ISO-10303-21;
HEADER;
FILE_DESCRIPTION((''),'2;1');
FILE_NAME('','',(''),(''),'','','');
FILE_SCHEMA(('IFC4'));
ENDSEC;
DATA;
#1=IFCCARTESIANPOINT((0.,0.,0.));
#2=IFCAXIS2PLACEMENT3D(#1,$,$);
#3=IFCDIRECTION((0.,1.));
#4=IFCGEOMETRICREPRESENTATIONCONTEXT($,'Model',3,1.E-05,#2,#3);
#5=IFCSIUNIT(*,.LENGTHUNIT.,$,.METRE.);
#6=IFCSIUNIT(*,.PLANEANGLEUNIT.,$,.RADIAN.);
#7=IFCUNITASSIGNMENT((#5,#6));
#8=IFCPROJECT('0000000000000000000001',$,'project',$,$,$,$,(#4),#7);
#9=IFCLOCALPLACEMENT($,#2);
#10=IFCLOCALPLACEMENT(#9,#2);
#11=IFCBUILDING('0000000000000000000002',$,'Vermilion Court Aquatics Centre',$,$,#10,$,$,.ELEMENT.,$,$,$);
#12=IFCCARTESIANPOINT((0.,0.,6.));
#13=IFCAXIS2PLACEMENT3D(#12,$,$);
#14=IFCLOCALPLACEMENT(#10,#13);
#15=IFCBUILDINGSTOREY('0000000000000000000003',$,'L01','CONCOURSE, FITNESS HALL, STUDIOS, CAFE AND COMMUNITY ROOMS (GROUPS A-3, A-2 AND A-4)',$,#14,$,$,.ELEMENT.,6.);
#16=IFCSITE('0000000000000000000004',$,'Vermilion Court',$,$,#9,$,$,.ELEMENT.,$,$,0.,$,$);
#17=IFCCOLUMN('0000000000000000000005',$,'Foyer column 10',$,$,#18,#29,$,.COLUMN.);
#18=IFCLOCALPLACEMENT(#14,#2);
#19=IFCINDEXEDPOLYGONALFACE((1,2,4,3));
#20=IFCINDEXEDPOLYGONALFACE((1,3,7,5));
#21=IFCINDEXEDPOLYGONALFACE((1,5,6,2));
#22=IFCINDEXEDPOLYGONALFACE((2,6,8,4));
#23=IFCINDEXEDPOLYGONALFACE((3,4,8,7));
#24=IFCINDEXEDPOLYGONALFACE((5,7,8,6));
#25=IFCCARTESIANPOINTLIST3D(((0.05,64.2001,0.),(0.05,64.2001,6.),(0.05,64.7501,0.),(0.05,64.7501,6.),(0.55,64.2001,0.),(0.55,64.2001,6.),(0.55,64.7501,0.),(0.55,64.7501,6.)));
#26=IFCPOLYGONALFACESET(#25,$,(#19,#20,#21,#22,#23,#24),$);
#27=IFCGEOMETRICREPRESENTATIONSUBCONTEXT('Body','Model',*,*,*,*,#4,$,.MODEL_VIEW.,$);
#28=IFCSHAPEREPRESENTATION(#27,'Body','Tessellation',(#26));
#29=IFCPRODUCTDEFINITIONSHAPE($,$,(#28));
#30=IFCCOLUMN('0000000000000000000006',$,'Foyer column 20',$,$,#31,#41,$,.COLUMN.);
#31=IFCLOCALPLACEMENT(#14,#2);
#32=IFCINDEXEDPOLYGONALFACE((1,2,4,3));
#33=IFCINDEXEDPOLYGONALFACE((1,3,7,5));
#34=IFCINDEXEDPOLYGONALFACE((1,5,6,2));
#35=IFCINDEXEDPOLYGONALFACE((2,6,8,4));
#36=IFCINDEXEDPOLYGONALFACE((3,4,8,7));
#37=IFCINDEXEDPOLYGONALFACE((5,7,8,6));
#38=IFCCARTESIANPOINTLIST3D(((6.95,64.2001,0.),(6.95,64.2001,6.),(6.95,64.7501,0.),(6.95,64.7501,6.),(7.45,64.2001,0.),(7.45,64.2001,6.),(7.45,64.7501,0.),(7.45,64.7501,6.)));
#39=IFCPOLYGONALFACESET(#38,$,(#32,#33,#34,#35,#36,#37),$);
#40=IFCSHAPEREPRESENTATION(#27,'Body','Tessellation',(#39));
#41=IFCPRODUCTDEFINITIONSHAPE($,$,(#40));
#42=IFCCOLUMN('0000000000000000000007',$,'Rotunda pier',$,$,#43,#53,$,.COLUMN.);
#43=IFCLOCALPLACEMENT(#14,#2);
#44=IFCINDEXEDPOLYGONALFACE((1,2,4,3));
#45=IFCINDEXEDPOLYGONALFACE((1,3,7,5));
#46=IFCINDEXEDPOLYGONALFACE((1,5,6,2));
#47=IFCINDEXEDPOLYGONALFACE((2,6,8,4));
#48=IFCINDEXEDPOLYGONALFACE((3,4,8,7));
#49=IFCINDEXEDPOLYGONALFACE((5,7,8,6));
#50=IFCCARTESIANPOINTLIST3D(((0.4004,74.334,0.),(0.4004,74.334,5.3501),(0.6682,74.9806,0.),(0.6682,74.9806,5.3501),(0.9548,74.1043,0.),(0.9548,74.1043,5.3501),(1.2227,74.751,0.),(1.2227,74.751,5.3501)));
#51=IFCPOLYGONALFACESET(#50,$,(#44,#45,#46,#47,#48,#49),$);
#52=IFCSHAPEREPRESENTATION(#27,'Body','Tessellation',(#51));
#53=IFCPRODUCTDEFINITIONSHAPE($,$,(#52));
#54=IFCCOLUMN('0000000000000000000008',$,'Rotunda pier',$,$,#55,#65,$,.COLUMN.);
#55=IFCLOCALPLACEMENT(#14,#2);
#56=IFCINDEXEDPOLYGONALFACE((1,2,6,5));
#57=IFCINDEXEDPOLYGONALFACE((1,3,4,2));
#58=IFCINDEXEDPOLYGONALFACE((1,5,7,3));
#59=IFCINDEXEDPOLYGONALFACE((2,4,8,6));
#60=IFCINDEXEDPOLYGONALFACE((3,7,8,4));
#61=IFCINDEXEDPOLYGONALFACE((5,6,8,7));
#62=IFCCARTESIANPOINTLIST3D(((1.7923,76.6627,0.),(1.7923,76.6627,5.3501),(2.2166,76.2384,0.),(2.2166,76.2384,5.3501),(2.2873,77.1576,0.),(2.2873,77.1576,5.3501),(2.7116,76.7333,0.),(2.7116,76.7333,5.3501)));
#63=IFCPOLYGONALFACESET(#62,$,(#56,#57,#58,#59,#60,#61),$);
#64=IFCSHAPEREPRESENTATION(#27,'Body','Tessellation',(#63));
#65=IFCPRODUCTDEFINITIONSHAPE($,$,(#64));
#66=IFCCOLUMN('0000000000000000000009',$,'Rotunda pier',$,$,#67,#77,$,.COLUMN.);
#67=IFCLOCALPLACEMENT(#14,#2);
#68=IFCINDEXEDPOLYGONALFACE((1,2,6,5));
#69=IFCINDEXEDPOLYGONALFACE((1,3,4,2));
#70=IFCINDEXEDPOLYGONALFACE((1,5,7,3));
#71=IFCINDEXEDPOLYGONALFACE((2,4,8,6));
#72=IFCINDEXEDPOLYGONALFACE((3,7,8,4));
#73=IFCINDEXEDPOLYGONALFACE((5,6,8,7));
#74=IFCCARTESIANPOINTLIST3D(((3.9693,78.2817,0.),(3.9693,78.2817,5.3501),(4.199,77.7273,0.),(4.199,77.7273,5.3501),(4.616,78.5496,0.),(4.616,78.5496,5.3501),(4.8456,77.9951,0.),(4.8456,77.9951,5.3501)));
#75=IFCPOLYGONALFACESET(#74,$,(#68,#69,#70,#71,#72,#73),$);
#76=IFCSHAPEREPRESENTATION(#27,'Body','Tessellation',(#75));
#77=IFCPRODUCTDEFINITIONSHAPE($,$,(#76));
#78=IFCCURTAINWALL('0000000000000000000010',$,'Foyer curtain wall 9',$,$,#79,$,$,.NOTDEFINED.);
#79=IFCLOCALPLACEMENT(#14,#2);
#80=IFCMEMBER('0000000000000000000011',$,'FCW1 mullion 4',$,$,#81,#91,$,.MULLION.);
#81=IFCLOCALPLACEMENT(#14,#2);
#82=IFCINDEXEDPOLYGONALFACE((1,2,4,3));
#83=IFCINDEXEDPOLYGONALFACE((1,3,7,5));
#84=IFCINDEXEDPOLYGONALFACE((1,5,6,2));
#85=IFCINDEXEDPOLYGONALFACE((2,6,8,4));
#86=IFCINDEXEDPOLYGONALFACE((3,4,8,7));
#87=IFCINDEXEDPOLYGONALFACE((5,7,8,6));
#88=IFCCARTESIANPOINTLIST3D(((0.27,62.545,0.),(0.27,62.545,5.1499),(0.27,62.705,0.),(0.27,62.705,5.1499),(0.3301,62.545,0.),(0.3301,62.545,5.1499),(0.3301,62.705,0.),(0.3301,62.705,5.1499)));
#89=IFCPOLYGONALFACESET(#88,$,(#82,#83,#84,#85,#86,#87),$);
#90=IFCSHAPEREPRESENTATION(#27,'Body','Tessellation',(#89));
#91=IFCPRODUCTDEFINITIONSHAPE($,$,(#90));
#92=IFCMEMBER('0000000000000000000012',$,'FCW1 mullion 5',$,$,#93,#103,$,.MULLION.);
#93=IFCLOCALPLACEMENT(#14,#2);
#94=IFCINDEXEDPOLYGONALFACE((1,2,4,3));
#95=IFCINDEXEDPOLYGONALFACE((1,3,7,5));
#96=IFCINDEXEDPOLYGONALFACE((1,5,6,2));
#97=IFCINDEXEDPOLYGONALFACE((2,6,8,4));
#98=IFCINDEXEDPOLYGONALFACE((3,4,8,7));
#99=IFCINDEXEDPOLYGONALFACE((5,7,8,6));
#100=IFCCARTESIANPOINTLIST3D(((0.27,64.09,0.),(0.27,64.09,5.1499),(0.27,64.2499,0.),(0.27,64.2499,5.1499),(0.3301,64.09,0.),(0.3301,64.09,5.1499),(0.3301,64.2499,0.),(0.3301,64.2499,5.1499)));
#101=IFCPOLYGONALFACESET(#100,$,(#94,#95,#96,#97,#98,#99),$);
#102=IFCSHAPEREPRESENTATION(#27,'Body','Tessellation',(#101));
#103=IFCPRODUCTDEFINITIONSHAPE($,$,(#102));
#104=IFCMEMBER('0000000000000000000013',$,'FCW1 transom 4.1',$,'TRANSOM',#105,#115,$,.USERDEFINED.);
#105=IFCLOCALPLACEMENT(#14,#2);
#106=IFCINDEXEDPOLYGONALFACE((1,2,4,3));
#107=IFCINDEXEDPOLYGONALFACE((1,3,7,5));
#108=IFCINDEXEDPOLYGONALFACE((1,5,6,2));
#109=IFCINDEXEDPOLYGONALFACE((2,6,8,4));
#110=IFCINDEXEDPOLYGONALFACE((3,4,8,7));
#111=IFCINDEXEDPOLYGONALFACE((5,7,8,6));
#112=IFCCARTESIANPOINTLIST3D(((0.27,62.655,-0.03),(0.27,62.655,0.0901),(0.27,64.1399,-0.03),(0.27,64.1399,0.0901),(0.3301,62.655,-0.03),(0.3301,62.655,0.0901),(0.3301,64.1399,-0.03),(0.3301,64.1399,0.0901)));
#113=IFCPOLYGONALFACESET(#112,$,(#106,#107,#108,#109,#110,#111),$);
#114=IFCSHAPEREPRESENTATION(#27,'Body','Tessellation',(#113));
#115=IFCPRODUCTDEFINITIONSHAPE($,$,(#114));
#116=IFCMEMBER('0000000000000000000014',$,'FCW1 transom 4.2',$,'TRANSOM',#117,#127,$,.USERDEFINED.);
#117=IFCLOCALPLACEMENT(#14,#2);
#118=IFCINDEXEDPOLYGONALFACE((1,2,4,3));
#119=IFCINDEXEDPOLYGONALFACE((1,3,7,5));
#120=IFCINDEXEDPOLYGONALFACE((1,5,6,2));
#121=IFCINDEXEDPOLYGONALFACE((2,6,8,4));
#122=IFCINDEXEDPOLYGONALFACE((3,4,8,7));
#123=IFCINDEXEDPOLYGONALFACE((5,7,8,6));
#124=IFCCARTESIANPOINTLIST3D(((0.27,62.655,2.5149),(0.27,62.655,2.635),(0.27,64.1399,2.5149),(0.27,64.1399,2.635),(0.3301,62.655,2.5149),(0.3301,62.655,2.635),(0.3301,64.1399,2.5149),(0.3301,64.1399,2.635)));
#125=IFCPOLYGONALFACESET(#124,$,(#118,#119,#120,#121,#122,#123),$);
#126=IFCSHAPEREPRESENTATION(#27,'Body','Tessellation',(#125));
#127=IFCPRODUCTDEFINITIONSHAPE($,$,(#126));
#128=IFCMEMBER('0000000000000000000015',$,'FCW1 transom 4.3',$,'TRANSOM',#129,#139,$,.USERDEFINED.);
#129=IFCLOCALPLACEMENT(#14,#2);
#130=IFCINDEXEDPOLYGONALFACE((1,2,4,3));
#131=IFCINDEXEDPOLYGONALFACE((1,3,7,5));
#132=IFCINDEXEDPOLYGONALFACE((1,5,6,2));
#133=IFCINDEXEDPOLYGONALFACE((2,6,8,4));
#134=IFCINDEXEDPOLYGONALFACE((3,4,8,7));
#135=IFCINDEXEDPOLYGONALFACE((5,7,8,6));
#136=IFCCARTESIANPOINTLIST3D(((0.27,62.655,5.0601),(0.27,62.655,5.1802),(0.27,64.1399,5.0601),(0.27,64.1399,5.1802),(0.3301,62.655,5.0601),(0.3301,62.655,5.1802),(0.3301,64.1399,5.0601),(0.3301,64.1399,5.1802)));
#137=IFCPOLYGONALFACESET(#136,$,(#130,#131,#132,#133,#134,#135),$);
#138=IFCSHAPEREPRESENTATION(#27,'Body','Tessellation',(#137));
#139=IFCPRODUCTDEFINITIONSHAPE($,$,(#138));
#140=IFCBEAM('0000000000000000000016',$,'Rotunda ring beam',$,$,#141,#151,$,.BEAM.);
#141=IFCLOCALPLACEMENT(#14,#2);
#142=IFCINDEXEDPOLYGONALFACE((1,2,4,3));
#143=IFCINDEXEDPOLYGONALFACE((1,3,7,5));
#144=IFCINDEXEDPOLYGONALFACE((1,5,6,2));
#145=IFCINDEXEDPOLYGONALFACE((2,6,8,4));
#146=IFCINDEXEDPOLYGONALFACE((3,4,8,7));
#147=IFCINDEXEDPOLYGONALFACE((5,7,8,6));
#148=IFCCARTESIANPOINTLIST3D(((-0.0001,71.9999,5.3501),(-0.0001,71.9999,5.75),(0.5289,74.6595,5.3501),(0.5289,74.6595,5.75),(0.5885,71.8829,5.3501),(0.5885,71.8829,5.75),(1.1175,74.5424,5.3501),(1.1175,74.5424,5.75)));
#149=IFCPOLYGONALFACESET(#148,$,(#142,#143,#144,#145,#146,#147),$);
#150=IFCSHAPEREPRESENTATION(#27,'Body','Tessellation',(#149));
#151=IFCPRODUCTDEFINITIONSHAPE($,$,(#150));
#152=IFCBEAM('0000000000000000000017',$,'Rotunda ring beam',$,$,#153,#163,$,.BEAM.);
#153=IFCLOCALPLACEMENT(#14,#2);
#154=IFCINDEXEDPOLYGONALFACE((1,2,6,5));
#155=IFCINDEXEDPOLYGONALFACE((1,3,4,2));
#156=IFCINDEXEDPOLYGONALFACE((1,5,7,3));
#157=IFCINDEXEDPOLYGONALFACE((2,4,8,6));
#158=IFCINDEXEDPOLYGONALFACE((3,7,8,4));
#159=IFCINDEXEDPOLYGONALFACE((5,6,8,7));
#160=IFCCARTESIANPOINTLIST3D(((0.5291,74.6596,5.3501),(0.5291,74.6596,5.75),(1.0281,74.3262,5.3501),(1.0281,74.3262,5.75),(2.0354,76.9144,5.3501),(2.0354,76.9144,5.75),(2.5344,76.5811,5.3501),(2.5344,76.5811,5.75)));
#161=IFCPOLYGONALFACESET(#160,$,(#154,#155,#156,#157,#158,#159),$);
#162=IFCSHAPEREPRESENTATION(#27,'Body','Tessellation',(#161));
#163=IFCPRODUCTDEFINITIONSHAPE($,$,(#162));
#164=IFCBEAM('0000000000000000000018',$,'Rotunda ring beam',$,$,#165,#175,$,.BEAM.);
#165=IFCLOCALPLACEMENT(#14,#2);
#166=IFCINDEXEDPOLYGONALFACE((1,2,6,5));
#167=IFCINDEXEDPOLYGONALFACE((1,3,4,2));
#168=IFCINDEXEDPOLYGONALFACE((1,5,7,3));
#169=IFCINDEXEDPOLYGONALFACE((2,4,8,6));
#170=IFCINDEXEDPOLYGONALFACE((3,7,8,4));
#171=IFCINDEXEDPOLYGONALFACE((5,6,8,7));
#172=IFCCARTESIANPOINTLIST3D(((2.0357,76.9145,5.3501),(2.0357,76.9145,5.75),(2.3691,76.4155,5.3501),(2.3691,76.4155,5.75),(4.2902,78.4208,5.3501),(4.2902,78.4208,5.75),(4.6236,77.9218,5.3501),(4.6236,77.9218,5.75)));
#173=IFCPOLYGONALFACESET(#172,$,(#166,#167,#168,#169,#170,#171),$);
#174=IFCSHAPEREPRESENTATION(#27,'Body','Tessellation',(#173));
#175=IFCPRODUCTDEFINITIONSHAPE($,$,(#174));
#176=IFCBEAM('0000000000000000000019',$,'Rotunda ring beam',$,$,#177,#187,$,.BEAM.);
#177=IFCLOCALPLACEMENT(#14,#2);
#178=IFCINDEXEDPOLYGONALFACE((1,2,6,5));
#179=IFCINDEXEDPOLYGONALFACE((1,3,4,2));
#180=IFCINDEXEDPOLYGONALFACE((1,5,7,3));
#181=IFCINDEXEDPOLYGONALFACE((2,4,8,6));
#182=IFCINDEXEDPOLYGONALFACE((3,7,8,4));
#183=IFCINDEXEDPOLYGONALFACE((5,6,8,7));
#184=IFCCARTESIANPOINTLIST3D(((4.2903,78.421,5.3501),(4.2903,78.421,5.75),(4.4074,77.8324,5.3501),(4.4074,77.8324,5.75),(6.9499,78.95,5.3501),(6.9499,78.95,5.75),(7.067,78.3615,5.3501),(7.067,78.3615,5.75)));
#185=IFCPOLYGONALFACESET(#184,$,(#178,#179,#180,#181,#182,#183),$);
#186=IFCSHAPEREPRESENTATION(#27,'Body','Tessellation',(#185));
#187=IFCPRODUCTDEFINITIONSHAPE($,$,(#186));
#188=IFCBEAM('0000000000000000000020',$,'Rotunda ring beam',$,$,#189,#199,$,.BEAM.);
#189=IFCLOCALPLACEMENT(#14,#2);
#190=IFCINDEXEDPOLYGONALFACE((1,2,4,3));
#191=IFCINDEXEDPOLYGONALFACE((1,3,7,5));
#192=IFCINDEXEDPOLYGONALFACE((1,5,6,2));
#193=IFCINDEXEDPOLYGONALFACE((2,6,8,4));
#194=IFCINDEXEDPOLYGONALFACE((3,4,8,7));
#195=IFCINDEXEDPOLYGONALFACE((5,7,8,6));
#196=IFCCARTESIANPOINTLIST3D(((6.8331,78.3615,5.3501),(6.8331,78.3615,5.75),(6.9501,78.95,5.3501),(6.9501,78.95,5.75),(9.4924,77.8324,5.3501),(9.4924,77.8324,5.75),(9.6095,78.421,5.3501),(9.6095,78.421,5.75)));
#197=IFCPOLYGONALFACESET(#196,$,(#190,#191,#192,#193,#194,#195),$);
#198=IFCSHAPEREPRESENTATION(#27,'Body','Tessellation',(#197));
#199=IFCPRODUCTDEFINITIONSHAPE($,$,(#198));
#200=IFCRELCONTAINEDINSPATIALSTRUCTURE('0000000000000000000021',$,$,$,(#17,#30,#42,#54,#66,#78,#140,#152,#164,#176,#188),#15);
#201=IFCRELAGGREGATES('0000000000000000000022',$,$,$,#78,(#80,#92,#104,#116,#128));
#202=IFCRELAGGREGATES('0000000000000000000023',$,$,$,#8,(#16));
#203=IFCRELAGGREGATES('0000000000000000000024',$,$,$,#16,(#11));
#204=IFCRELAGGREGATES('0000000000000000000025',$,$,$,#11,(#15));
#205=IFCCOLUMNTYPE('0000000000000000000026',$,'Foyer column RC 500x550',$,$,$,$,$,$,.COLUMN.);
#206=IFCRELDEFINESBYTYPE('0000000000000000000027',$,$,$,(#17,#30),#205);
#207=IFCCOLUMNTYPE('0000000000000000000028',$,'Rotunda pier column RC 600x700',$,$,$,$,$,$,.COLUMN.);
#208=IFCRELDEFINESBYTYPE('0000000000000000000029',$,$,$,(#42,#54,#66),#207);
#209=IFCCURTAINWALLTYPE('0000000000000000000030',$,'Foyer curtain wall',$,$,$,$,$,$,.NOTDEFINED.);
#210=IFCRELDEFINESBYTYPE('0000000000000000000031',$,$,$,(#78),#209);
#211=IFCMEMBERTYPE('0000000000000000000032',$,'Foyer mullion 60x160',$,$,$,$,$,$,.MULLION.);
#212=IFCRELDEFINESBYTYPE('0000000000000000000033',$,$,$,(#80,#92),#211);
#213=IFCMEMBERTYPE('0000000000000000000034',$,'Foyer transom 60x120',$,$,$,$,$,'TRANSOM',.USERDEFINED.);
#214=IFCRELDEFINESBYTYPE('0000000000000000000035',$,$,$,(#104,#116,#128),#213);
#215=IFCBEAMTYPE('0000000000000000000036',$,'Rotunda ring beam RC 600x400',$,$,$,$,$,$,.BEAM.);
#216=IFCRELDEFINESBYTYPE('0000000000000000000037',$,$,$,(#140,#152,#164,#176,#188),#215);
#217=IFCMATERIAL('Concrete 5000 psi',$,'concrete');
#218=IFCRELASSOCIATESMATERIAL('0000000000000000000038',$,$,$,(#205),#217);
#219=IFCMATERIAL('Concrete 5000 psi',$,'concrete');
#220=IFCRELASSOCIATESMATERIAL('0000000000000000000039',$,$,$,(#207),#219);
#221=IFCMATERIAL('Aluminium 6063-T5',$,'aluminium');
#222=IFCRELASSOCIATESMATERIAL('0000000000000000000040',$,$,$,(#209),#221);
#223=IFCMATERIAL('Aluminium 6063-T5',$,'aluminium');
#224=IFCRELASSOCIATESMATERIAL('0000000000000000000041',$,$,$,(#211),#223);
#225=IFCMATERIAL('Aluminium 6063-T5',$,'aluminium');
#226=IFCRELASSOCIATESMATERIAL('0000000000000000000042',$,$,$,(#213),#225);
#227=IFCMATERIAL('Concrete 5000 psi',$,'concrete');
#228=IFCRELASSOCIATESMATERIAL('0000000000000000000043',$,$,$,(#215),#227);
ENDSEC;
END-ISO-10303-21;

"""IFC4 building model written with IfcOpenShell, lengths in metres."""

from ifc_helpers import new_model, si_unit, direction, frame, origin, origin_2d, place, context, subcontext, project, spatial, rectangle, extrude, material, material_profile, profile_set, type_object, element, aggregate, save


model = new_model("IFC4")

# Units and contexts
model_context = context("Model", 3, precision=1e-05, world=origin(), true_north=direction((0.0, 1.0)))
body_context = subcontext(model_context, "Body", "Model", "MODEL_VIEW")
ifc_project = project(units=[si_unit("LENGTHUNIT", "METRE"), si_unit("PLANEANGLEUNIT", "RADIAN")], contexts=[model_context])

# Site, building, storey
site_placement = place(None, origin())
site = spatial("IfcSite", under=ifc_project, at=site_placement, Name="Vermilion Court", CompositionType="ELEMENT", RefElevation=0.0)
building_placement = place(site_placement, origin())
building = spatial("IfcBuilding", under=site, at=building_placement, Name="Vermilion Court Aquatics Centre", CompositionType="ELEMENT")
storey_placement = place(building_placement, frame((0.0, 0.0, 6.0)))
storey = spatial("IfcBuildingStorey", under=building, at=storey_placement, Name="L01", Description="CONCOURSE, FITNESS HALL, STUDIOS, CAFE AND COMMUNITY ROOMS (GROUPS A-3, A-2 AND A-4)", CompositionType="ELEMENT", Elevation=6.0)

# Columns
ifc_material_1 = material(Name="Concrete 5000 psi", Category="concrete")
ifc_material_profile_1 = material_profile(ifc_material_1, rectangle(XDim=0.5, YDim=0.55, at=origin_2d()), Name="RC 500x550")
ifc_profile_set_1 = profile_set([ifc_material_profile_1], Name="Concrete 5000 psi")
column_type_1 = type_object("IfcColumnType", Name="Foyer column RC 500x550", PredefinedType="COLUMN", material=ifc_profile_set_1)
for number, where, z_axis, x_axis, name in (
    (1, (0.3, 64.4751, 0.0), (0.0, 0.0, 1.0), (1.0, 0.0, 0.0), "Foyer column 10"),
    (2, (7.2, 64.4751, 0.0), (0.0, 0.0, 1.0), (1.0, 0.0, 0.0), "Foyer column 20"),
):
    element("IfcColumn", number, at=place(storey_placement, frame(where, z_axis=z_axis, x_axis=x_axis)), inside=storey, type_object=column_type_1, Name=name, PredefinedType="COLUMN", context=body_context, shape_type="SweptSolid", body=[
        extrude(rectangle(XDim=0.5, YDim=0.55, at=origin_2d()), origin(), (0.0, 0.0, 1.0), 6.0),
    ])
ifc_material_2 = material(Name="Concrete 5000 psi", Category="concrete")
ifc_material_profile_2 = material_profile(ifc_material_2, rectangle(XDim=0.6001, YDim=0.7, at=origin_2d()), Name="RC 600x700")
ifc_profile_set_2 = profile_set([ifc_material_profile_2], Name="Concrete 5000 psi")
column_type_2 = type_object("IfcColumnType", Name="Rotunda pier column RC 600x700", PredefinedType="COLUMN", material=ifc_profile_set_2)
for number, where, z_axis, x_axis, name in (
    (3, (0.8115, 74.5425, 0.0), (0.0, 0.0, 1.0), (-0.92388, 0.382683, 0.0), "Rotunda pier"),
    (4, (2.252, 76.698, 0.0), (0.0, 0.0, 1.0), (-0.707107, 0.707107, 0.0), "Rotunda pier"),
    (5, (4.4075, 78.1384, 0.0), (0.0, 0.0, 1.0), (-0.382683, 0.92388, 0.0), "Rotunda pier"),
):
    element("IfcColumn", number, at=place(storey_placement, frame(where, z_axis=z_axis, x_axis=x_axis)), inside=storey, type_object=column_type_2, Name=name, PredefinedType="COLUMN", context=body_context, shape_type="SweptSolid", body=[
        extrude(rectangle(XDim=0.6001, YDim=0.7, at=origin_2d()), origin(), (0.0, 0.0, 1.0), 5.3501),
    ])

# Curtain wall, members
ifc_material_3 = material(Name="Aluminium 6063-T5", Category="aluminium")
curtain_wall_type = type_object("IfcCurtainWallType", Name="Foyer curtain wall", PredefinedType="NOTDEFINED", material=ifc_material_3)
curtain_wall_placement = place(storey_placement, origin())
curtain_wall = element("IfcCurtainWall", 6, at=curtain_wall_placement, inside=storey, type_object=curtain_wall_type, Name="Foyer curtain wall 9", PredefinedType="NOTDEFINED")
ifc_material_4 = material(Name="Aluminium 6063-T5", Category="aluminium")
ifc_material_profile_3 = material_profile(ifc_material_4, rectangle(XDim=0.0601, YDim=0.1599, at=origin_2d()), Name="Aluminium 60x160")
ifc_profile_set_3 = profile_set([ifc_material_profile_3], Name="Aluminium 6063-T5")
member_type_1 = type_object("IfcMemberType", Name="Foyer mullion 60x160", PredefinedType="MULLION", material=ifc_profile_set_3)
member_1_placement = place(storey_placement, frame((0.3, 62.625, 0.0), z_axis=(0.0, 0.0, 1.0), x_axis=(-1.0, 0.0, 0.0)))
member_1 = element("IfcMember", 7, at=member_1_placement, type_object=member_type_1, Name="FCW1 mullion 4", PredefinedType="MULLION", context=body_context, shape_type="SweptSolid", body=[
    extrude(rectangle(XDim=0.0601, YDim=0.1599, at=origin_2d()), origin(), (0.0, 0.0, 1.0), 5.1499),
])
member_2_placement = place(storey_placement, frame((0.3, 64.1699, 0.0), z_axis=(0.0, 0.0, 1.0), x_axis=(-1.0, 0.0, 0.0)))
member_2 = element("IfcMember", 8, at=member_2_placement, type_object=member_type_1, Name="FCW1 mullion 5", PredefinedType="MULLION", context=body_context, shape_type="SweptSolid", body=[
    extrude(rectangle(XDim=0.0601, YDim=0.1599, at=origin_2d()), origin(), (0.0, 0.0, 1.0), 5.1499),
])
ifc_material_5 = material(Name="Aluminium 6063-T5", Category="aluminium")
ifc_material_profile_4 = material_profile(ifc_material_5, rectangle(XDim=0.0601, YDim=0.1201, at=origin_2d()), Name="Aluminium 60x120")
ifc_profile_set_4 = profile_set([ifc_material_profile_4], Name="Aluminium 6063-T5")
member_type_2 = type_object("IfcMemberType", Name="Foyer transom 60x120", ElementType="TRANSOM", PredefinedType="USERDEFINED", material=ifc_profile_set_4)
member_3_placement = place(storey_placement, frame((0.3, 62.655, 0.03), z_axis=(0.0, 1.0, 0.0), x_axis=(-1.0, 0.0, 0.0)))
member_3 = element("IfcMember", 9, at=member_3_placement, type_object=member_type_2, Name="FCW1 transom 4.1", ObjectType="TRANSOM", PredefinedType="USERDEFINED", context=body_context, shape_type="SweptSolid", body=[
    extrude(rectangle(XDim=0.0601, YDim=0.1201, at=origin_2d()), origin(), (0.0, 0.0, 1.0), 1.4849),
])
member_4_placement = place(storey_placement, frame((0.3, 62.655, 2.575), z_axis=(0.0, 1.0, 0.0), x_axis=(-1.0, 0.0, 0.0)))
member_4 = element("IfcMember", 10, at=member_4_placement, type_object=member_type_2, Name="FCW1 transom 4.2", ObjectType="TRANSOM", PredefinedType="USERDEFINED", context=body_context, shape_type="SweptSolid", body=[
    extrude(rectangle(XDim=0.0601, YDim=0.1201, at=origin_2d()), origin(), (0.0, 0.0, 1.0), 1.4849),
])
member_5_placement = place(storey_placement, frame((0.3, 62.655, 5.1201), z_axis=(0.0, 1.0, 0.0), x_axis=(-1.0, 0.0, 0.0)))
member_5 = element("IfcMember", 11, at=member_5_placement, type_object=member_type_2, Name="FCW1 transom 4.3", ObjectType="TRANSOM", PredefinedType="USERDEFINED", context=body_context, shape_type="SweptSolid", body=[
    extrude(rectangle(XDim=0.0601, YDim=0.1201, at=origin_2d()), origin(), (0.0, 0.0, 1.0), 1.4849),
])

# Beams
ifc_material_6 = material(Name="Concrete 5000 psi", Category="concrete")
ifc_material_profile_5 = material_profile(ifc_material_6, rectangle(XDim=0.6001, YDim=0.3999, at=origin_2d()), Name="RC 600x400")
ifc_profile_set_5 = profile_set([ifc_material_profile_5], Name="Concrete 5000 psi")
beam_type_1 = type_object("IfcBeamType", Name="Rotunda ring beam RC 600x400", PredefinedType="BEAM", material=ifc_profile_set_5)
for number, where, z_axis, x_axis, name in (
    (12, (0.2942, 71.9414, 5.55), (0.195095, 0.980784, 0.0), (-0.980784, 0.195095, 0.0), "Rotunda ring beam"),
    (13, (0.7786, 74.4929, 5.55), (0.555489, 0.831524, 0.0), (-0.831524, 0.555489, 0.0), "Rotunda ring beam"),
):
    element("IfcBeam", number, at=place(storey_placement, frame(where, z_axis=z_axis, x_axis=x_axis)), inside=storey, type_object=beam_type_1, Name=name, PredefinedType="BEAM", context=body_context, shape_type="SweptSolid", body=[
        extrude(rectangle(XDim=0.6001, YDim=0.3999, at=origin_2d()), origin(), (0.0, 0.0, 1.0), 2.7117),
    ])
beam_1_placement = place(storey_placement, frame((2.2024, 76.665, 5.55), z_axis=(0.831496, 0.555531, 0.0), x_axis=(-0.555531, 0.831496, 0.0)))
element("IfcBeam", 14, at=beam_1_placement, inside=storey, type_object=beam_type_1, Name="Rotunda ring beam", PredefinedType="BEAM", context=body_context, shape_type="SweptSolid", body=[
    extrude(rectangle(XDim=0.6001, YDim=0.3999, at=origin_2d()), origin(), (0.0, 0.0, 1.0), 2.7114),
])
beam_2_placement = place(storey_placement, frame((4.3489, 78.1267, 5.55), z_axis=(0.980784, 0.195095, 0.0), x_axis=(-0.195095, 0.980784, 0.0)))
element("IfcBeam", 15, at=beam_2_placement, inside=storey, type_object=beam_type_1, Name="Rotunda ring beam", PredefinedType="BEAM", context=body_context, shape_type="SweptSolid", body=[
    extrude(rectangle(XDim=0.6001, YDim=0.3999, at=origin_2d()), origin(), (0.0, 0.0, 1.0), 2.7117),
])
beam_3_placement = place(storey_placement, frame((6.8916, 78.6558, 5.55), z_axis=(0.980781, -0.195112, 0.0), x_axis=(0.195112, 0.980781, 0.0)))
element("IfcBeam", 16, at=beam_3_placement, inside=storey, type_object=beam_type_1, Name="Rotunda ring beam", PredefinedType="BEAM", context=body_context, shape_type="SweptSolid", body=[
    extrude(rectangle(XDim=0.6001, YDim=0.3999, at=origin_2d()), origin(), (0.0, 0.0, 1.0), 2.7114),
])

aggregate(curtain_wall, [member_1, member_2, member_3, member_4, member_5])

save(model, "model.ifc")
